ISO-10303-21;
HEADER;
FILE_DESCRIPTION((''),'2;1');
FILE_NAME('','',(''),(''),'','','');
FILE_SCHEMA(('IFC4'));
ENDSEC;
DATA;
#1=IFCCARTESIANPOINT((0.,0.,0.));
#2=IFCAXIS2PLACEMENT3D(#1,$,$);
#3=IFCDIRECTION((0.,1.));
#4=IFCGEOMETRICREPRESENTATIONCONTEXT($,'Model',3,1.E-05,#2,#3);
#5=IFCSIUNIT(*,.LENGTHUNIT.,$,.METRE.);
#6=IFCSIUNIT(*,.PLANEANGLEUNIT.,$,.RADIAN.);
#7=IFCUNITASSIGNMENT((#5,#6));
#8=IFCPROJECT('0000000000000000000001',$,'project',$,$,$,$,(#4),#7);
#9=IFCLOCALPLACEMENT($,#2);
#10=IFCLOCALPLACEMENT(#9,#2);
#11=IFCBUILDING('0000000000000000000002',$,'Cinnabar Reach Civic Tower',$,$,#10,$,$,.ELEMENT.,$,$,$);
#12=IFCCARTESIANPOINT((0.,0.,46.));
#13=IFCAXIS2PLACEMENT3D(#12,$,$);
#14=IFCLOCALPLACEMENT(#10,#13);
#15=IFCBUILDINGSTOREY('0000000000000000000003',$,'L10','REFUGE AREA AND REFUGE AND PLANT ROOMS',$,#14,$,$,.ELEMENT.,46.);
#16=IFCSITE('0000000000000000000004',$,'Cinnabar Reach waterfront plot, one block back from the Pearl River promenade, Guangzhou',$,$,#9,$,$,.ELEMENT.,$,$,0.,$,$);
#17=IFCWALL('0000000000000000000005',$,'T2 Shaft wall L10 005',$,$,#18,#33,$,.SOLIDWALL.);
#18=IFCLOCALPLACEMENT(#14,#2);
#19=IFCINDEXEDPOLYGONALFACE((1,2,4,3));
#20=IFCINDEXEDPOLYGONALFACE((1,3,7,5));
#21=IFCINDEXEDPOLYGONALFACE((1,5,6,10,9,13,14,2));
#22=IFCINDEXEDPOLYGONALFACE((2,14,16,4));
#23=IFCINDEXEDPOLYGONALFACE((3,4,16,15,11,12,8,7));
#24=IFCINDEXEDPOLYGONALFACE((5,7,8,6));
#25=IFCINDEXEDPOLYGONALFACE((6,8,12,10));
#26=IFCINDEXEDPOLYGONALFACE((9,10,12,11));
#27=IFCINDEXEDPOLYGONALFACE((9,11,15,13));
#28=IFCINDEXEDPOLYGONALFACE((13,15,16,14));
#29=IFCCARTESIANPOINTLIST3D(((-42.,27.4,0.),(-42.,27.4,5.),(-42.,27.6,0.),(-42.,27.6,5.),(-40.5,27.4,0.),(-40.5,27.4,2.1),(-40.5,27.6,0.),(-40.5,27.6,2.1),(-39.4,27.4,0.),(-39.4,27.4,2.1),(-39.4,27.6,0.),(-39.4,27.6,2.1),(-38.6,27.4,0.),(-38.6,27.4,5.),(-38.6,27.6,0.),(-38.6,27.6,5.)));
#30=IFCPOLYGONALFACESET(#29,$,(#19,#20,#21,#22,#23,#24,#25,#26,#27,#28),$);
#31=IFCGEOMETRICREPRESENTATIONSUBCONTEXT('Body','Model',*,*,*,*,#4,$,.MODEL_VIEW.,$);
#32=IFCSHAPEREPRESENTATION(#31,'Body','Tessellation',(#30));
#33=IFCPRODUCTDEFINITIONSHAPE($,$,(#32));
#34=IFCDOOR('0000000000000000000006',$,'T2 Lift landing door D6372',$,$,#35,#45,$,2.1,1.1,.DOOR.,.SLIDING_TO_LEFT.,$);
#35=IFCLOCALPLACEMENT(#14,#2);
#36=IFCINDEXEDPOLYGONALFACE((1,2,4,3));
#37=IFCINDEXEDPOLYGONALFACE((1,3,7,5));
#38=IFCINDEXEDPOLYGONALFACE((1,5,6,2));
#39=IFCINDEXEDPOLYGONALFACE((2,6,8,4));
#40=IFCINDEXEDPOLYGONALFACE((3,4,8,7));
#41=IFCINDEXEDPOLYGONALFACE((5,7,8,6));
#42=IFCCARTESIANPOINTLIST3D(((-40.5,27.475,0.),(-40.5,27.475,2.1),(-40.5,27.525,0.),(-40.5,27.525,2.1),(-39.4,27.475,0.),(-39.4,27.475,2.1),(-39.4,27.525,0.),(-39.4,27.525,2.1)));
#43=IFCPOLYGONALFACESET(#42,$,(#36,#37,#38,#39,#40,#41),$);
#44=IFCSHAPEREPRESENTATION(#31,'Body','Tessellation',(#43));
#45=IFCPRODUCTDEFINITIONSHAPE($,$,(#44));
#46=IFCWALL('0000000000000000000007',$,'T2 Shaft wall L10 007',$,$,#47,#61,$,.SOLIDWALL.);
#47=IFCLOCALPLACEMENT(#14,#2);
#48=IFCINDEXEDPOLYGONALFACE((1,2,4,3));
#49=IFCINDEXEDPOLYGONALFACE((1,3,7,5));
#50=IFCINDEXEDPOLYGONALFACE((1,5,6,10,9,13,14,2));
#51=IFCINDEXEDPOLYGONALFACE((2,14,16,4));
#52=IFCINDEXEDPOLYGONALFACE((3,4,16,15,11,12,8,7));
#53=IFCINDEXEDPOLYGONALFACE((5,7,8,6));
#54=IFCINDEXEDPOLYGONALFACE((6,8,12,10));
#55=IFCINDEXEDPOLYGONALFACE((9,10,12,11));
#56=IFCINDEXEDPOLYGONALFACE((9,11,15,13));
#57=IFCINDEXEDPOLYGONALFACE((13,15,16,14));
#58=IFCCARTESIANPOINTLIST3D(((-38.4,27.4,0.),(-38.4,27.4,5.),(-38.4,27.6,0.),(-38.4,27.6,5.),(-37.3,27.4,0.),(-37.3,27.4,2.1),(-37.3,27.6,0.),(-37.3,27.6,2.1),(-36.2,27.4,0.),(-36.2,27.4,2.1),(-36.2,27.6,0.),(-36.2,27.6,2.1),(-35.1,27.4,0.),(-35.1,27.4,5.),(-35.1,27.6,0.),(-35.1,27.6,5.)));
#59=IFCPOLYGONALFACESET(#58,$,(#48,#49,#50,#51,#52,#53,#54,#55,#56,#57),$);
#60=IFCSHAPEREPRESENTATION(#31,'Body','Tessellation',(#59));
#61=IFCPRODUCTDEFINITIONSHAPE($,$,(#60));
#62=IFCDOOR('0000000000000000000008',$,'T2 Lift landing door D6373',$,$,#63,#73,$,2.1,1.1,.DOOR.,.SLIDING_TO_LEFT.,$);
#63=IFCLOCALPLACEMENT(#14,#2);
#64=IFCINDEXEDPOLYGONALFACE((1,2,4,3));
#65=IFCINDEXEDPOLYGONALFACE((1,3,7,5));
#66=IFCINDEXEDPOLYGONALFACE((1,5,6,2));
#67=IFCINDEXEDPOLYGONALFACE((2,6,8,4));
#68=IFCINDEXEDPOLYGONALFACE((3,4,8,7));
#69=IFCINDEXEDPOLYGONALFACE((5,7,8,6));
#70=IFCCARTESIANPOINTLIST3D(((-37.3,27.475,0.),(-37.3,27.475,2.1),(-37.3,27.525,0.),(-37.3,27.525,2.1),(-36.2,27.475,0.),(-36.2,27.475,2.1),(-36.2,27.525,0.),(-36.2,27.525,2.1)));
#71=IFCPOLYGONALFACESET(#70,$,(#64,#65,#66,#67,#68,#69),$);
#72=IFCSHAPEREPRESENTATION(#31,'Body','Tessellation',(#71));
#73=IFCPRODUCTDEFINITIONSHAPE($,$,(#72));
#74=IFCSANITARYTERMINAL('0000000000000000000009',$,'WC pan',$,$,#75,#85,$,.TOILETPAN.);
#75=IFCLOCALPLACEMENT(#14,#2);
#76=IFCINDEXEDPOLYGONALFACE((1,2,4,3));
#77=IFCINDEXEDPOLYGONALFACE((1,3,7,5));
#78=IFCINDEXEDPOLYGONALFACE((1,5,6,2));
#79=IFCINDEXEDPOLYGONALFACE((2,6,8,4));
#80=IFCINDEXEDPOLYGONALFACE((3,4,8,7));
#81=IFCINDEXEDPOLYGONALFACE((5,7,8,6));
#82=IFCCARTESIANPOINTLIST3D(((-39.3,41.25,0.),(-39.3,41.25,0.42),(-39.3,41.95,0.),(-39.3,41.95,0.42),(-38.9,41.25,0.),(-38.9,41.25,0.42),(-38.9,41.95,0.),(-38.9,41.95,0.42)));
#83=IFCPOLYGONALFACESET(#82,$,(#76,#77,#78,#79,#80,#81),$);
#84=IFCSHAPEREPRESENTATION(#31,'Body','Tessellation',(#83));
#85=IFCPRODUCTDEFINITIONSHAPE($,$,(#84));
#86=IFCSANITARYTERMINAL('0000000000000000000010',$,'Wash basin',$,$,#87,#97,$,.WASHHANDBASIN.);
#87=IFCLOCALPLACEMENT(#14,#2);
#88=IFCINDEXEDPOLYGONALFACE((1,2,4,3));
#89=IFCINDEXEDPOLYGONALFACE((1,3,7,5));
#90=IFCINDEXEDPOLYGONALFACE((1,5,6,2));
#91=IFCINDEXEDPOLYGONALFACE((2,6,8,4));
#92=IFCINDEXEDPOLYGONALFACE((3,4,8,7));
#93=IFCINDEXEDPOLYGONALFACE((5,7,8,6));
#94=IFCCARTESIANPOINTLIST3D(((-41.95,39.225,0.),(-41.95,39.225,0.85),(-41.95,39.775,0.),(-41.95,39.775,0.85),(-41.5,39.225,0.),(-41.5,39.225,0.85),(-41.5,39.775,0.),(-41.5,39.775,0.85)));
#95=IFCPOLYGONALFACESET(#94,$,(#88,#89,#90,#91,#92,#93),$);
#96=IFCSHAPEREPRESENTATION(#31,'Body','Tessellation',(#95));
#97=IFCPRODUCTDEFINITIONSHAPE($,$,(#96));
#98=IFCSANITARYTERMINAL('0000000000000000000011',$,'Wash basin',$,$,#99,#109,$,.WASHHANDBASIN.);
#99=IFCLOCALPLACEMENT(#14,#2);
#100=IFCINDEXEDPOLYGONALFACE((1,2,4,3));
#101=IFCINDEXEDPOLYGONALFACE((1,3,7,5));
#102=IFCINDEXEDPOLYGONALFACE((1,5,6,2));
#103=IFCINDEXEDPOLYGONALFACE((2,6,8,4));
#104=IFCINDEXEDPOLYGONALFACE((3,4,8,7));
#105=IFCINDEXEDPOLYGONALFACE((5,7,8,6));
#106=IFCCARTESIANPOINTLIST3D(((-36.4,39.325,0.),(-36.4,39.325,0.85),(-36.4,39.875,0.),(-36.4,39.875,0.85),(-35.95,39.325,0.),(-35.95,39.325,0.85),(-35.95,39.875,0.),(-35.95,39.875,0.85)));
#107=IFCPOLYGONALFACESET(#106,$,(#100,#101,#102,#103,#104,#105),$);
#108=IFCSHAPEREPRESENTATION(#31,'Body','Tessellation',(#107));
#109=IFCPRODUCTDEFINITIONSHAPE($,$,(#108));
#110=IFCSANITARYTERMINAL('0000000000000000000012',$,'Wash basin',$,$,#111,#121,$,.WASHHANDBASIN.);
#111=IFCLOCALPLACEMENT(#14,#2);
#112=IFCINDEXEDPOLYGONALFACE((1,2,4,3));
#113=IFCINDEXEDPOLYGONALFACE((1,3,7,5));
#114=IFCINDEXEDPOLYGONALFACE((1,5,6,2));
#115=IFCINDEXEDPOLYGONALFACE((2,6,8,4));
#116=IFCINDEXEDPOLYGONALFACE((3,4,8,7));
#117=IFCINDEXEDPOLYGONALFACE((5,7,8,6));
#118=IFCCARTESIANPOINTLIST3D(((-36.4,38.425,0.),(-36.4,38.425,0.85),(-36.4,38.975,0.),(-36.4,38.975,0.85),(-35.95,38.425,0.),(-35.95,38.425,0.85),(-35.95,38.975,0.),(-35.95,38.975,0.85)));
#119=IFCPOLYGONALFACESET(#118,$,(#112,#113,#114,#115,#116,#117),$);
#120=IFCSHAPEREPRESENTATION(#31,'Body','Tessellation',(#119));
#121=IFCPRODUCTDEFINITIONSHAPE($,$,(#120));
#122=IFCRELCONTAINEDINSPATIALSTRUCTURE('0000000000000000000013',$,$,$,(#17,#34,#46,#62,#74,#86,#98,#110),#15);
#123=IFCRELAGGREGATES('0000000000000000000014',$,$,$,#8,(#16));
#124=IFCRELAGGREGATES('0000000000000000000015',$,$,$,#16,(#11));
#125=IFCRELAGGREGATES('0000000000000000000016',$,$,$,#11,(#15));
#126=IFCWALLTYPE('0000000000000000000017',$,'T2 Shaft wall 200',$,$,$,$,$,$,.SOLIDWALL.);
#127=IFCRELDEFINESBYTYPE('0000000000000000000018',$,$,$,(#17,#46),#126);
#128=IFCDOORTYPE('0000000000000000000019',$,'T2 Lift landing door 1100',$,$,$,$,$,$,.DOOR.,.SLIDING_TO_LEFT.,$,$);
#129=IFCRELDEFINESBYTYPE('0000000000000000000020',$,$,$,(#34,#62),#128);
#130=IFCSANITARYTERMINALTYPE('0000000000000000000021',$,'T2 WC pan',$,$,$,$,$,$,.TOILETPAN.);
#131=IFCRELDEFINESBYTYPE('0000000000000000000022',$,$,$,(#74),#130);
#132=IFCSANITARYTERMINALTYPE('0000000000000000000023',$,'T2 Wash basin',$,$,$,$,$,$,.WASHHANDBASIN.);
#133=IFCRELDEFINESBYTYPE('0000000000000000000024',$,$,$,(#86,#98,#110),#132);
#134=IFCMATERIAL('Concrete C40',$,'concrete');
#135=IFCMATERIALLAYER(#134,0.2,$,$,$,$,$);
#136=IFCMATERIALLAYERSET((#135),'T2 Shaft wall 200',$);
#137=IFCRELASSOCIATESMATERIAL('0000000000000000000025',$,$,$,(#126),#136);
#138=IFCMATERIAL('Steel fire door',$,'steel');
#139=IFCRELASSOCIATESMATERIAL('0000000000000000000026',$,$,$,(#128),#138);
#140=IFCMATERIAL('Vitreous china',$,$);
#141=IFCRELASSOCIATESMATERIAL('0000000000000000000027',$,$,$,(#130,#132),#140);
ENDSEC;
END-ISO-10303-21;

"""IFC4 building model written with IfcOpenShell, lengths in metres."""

from ifc_helpers import new_model, si_unit, direction, frame, frame_2d, origin, origin_2d, place, context, subcontext, project, spatial, rectangle, extrude, material, layer, layer_set, type_object, element, fill, save


model = new_model("IFC4")

# Units and contexts
model_context = context("Model", 3, precision=1e-05, world=origin(), true_north=direction((0.0, 1.0)))
body_context = subcontext(model_context, "Body", "Model", "MODEL_VIEW")
ifc_project = project(units=[si_unit("LENGTHUNIT", "METRE"), si_unit("PLANEANGLEUNIT", "RADIAN")], contexts=[model_context])

# Site, building, storey
site_placement = place(None, origin())
site = spatial("IfcSite", under=ifc_project, at=site_placement, Name="Cinnabar Reach waterfront plot, one block back from the Pearl River promenade, Guangzhou", CompositionType="ELEMENT", RefElevation=0.0)
building_placement = place(site_placement, origin())
building = spatial("IfcBuilding", under=site, at=building_placement, Name="Cinnabar Reach Civic Tower", CompositionType="ELEMENT")
storey_placement = place(building_placement, frame((0.0, 0.0, 46.0)))
storey = spatial("IfcBuildingStorey", under=building, at=storey_placement, Name="L10", Description="REFUGE AREA AND REFUGE AND PLANT ROOMS", CompositionType="ELEMENT", Elevation=46.0)

# Shared definitions
ifc_material_1 = material(Name="Steel fire door", Category="steel")

# Shared definitions
ifc_material_2 = material(Name="Concrete C40", Category="concrete")
ifc_layer_1 = layer(ifc_material_2, 0.2)
ifc_layer_set_1 = layer_set([ifc_layer_1], Name="T2 Shaft wall 200")
wall_type_1 = type_object("IfcWallType", Name="T2 Shaft wall 200", PredefinedType="SOLIDWALL", material=ifc_layer_set_1)

# Walls, openings, doors
wall_1_placement = place(storey_placement, frame((-42.0, 27.5, 0.0), z_axis=(0.0, 0.0, 1.0), x_axis=(1.0, 0.0, 0.0)))
wall_1 = element("IfcWall", 1, at=wall_1_placement, inside=storey, type_object=wall_type_1, Name="T2 Shaft wall L10 005", PredefinedType="SOLIDWALL", context=body_context, shape_type="SweptSolid", body=[
    extrude(rectangle(XDim=3.4, YDim=0.2, at=frame_2d((1.7, 0.0))), origin(), (0.0, 0.0, 1.0), 5.0),
])
opening_1_placement = place(wall_1_placement, frame((1.5, 0.0, 0.0)))
opening_1 = element("IfcOpeningElement", 2, at=opening_1_placement, cuts=wall_1, PredefinedType="OPENING", context=body_context, shape_type="SweptSolid", body=[
    extrude(rectangle(XDim=1.1, YDim=2.1, at=frame_2d((0.55, 1.05))), frame((0.0, 0.11, 0.0), z_axis=(0.0, -1.0, 0.0), x_axis=(1.0, 0.0, 0.0)), (0.0, 0.0, 1.0), 0.22),
])
door_type_1 = type_object("IfcDoorType", Name="T2 Lift landing door 1100", OperationType="SLIDING_TO_LEFT", PredefinedType="DOOR", material=ifc_material_1)
door_1_placement = place(opening_1_placement, origin())
door_1 = element("IfcDoor", 3, at=door_1_placement, inside=storey, type_object=door_type_1, Name="T2 Lift landing door D6372", OperationType="SLIDING_TO_LEFT", OverallHeight=2.1, OverallWidth=1.1, PredefinedType="DOOR", context=body_context, shape_type="SweptSolid", body=[
    extrude(rectangle(XDim=1.1, YDim=2.1, at=frame_2d((0.55, 1.05))), frame((0.0, 0.025, 0.0), z_axis=(0.0, -1.0, 0.0), x_axis=(1.0, 0.0, 0.0)), (0.0, 0.0, 1.0), 0.05),
])
fill(opening_1, door_1)
wall_2_placement = place(storey_placement, frame((-38.4, 27.5, 0.0), z_axis=(0.0, 0.0, 1.0), x_axis=(1.0, 0.0, 0.0)))
wall_2 = element("IfcWall", 4, at=wall_2_placement, inside=storey, type_object=wall_type_1, Name="T2 Shaft wall L10 007", PredefinedType="SOLIDWALL", context=body_context, shape_type="SweptSolid", body=[
    extrude(rectangle(XDim=3.3, YDim=0.2, at=frame_2d((1.65, 0.0))), origin(), (0.0, 0.0, 1.0), 5.0),
])
opening_2_placement = place(wall_2_placement, frame((1.1, 0.0, 0.0)))
opening_2 = element("IfcOpeningElement", 5, at=opening_2_placement, cuts=wall_2, PredefinedType="OPENING", context=body_context, shape_type="SweptSolid", body=[
    extrude(rectangle(XDim=1.1, YDim=2.1, at=frame_2d((0.55, 1.05))), frame((0.0, 0.11, 0.0), z_axis=(0.0, -1.0, 0.0), x_axis=(1.0, 0.0, 0.0)), (0.0, 0.0, 1.0), 0.22),
])
door_2_placement = place(opening_2_placement, origin())
door_2 = element("IfcDoor", 6, at=door_2_placement, inside=storey, type_object=door_type_1, Name="T2 Lift landing door D6373", OperationType="SLIDING_TO_LEFT", OverallHeight=2.1, OverallWidth=1.1, PredefinedType="DOOR", context=body_context, shape_type="SweptSolid", body=[
    extrude(rectangle(XDim=1.1, YDim=2.1, at=frame_2d((0.55, 1.05))), frame((0.0, 0.025, 0.0), z_axis=(0.0, -1.0, 0.0), x_axis=(1.0, 0.0, 0.0)), (0.0, 0.0, 1.0), 0.05),
])
fill(opening_2, door_2)

# Sanitary terminals
ifc_material_3 = material(Name="Vitreous china")
sanitary_terminal_type_1 = type_object("IfcSanitaryTerminalType", Name="T2 WC pan", PredefinedType="TOILETPAN", material=ifc_material_3)
sanitary_terminal_placement = place(storey_placement, frame((-39.1, 41.6, 0.0), z_axis=(0.0, 0.0, 1.0), x_axis=(1.0, 0.0, 0.0)))
element("IfcSanitaryTerminal", 7, at=sanitary_terminal_placement, inside=storey, type_object=sanitary_terminal_type_1, Name="WC pan", PredefinedType="TOILETPAN", context=body_context, shape_type="SweptSolid", body=[
    extrude(rectangle(XDim=0.4, YDim=0.7, at=origin_2d()), origin(), (0.0, 0.0, 1.0), 0.42),
])
sanitary_terminal_type_2 = type_object("IfcSanitaryTerminalType", Name="T2 Wash basin", PredefinedType="WASHHANDBASIN", material=ifc_material_3)
for number, where, z_axis, x_axis, name in (
    (8, (-41.725, 39.5, 0.0), (0.0, 0.0, 1.0), (1.0, 0.0, 0.0), "Wash basin"),
    (9, (-36.175, 39.6, 0.0), (0.0, 0.0, 1.0), (1.0, 0.0, 0.0), "Wash basin"),
    (10, (-36.175, 38.7, 0.0), (0.0, 0.0, 1.0), (1.0, 0.0, 0.0), "Wash basin"),
):
    element("IfcSanitaryTerminal", number, at=place(storey_placement, frame(where, z_axis=z_axis, x_axis=x_axis)), inside=storey, type_object=sanitary_terminal_type_2, Name=name, PredefinedType="WASHHANDBASIN", context=body_context, shape_type="SweptSolid", body=[
        extrude(rectangle(XDim=0.45, YDim=0.55, at=origin_2d()), origin(), (0.0, 0.0, 1.0), 0.85),
    ])

save(model, "model.ifc")
